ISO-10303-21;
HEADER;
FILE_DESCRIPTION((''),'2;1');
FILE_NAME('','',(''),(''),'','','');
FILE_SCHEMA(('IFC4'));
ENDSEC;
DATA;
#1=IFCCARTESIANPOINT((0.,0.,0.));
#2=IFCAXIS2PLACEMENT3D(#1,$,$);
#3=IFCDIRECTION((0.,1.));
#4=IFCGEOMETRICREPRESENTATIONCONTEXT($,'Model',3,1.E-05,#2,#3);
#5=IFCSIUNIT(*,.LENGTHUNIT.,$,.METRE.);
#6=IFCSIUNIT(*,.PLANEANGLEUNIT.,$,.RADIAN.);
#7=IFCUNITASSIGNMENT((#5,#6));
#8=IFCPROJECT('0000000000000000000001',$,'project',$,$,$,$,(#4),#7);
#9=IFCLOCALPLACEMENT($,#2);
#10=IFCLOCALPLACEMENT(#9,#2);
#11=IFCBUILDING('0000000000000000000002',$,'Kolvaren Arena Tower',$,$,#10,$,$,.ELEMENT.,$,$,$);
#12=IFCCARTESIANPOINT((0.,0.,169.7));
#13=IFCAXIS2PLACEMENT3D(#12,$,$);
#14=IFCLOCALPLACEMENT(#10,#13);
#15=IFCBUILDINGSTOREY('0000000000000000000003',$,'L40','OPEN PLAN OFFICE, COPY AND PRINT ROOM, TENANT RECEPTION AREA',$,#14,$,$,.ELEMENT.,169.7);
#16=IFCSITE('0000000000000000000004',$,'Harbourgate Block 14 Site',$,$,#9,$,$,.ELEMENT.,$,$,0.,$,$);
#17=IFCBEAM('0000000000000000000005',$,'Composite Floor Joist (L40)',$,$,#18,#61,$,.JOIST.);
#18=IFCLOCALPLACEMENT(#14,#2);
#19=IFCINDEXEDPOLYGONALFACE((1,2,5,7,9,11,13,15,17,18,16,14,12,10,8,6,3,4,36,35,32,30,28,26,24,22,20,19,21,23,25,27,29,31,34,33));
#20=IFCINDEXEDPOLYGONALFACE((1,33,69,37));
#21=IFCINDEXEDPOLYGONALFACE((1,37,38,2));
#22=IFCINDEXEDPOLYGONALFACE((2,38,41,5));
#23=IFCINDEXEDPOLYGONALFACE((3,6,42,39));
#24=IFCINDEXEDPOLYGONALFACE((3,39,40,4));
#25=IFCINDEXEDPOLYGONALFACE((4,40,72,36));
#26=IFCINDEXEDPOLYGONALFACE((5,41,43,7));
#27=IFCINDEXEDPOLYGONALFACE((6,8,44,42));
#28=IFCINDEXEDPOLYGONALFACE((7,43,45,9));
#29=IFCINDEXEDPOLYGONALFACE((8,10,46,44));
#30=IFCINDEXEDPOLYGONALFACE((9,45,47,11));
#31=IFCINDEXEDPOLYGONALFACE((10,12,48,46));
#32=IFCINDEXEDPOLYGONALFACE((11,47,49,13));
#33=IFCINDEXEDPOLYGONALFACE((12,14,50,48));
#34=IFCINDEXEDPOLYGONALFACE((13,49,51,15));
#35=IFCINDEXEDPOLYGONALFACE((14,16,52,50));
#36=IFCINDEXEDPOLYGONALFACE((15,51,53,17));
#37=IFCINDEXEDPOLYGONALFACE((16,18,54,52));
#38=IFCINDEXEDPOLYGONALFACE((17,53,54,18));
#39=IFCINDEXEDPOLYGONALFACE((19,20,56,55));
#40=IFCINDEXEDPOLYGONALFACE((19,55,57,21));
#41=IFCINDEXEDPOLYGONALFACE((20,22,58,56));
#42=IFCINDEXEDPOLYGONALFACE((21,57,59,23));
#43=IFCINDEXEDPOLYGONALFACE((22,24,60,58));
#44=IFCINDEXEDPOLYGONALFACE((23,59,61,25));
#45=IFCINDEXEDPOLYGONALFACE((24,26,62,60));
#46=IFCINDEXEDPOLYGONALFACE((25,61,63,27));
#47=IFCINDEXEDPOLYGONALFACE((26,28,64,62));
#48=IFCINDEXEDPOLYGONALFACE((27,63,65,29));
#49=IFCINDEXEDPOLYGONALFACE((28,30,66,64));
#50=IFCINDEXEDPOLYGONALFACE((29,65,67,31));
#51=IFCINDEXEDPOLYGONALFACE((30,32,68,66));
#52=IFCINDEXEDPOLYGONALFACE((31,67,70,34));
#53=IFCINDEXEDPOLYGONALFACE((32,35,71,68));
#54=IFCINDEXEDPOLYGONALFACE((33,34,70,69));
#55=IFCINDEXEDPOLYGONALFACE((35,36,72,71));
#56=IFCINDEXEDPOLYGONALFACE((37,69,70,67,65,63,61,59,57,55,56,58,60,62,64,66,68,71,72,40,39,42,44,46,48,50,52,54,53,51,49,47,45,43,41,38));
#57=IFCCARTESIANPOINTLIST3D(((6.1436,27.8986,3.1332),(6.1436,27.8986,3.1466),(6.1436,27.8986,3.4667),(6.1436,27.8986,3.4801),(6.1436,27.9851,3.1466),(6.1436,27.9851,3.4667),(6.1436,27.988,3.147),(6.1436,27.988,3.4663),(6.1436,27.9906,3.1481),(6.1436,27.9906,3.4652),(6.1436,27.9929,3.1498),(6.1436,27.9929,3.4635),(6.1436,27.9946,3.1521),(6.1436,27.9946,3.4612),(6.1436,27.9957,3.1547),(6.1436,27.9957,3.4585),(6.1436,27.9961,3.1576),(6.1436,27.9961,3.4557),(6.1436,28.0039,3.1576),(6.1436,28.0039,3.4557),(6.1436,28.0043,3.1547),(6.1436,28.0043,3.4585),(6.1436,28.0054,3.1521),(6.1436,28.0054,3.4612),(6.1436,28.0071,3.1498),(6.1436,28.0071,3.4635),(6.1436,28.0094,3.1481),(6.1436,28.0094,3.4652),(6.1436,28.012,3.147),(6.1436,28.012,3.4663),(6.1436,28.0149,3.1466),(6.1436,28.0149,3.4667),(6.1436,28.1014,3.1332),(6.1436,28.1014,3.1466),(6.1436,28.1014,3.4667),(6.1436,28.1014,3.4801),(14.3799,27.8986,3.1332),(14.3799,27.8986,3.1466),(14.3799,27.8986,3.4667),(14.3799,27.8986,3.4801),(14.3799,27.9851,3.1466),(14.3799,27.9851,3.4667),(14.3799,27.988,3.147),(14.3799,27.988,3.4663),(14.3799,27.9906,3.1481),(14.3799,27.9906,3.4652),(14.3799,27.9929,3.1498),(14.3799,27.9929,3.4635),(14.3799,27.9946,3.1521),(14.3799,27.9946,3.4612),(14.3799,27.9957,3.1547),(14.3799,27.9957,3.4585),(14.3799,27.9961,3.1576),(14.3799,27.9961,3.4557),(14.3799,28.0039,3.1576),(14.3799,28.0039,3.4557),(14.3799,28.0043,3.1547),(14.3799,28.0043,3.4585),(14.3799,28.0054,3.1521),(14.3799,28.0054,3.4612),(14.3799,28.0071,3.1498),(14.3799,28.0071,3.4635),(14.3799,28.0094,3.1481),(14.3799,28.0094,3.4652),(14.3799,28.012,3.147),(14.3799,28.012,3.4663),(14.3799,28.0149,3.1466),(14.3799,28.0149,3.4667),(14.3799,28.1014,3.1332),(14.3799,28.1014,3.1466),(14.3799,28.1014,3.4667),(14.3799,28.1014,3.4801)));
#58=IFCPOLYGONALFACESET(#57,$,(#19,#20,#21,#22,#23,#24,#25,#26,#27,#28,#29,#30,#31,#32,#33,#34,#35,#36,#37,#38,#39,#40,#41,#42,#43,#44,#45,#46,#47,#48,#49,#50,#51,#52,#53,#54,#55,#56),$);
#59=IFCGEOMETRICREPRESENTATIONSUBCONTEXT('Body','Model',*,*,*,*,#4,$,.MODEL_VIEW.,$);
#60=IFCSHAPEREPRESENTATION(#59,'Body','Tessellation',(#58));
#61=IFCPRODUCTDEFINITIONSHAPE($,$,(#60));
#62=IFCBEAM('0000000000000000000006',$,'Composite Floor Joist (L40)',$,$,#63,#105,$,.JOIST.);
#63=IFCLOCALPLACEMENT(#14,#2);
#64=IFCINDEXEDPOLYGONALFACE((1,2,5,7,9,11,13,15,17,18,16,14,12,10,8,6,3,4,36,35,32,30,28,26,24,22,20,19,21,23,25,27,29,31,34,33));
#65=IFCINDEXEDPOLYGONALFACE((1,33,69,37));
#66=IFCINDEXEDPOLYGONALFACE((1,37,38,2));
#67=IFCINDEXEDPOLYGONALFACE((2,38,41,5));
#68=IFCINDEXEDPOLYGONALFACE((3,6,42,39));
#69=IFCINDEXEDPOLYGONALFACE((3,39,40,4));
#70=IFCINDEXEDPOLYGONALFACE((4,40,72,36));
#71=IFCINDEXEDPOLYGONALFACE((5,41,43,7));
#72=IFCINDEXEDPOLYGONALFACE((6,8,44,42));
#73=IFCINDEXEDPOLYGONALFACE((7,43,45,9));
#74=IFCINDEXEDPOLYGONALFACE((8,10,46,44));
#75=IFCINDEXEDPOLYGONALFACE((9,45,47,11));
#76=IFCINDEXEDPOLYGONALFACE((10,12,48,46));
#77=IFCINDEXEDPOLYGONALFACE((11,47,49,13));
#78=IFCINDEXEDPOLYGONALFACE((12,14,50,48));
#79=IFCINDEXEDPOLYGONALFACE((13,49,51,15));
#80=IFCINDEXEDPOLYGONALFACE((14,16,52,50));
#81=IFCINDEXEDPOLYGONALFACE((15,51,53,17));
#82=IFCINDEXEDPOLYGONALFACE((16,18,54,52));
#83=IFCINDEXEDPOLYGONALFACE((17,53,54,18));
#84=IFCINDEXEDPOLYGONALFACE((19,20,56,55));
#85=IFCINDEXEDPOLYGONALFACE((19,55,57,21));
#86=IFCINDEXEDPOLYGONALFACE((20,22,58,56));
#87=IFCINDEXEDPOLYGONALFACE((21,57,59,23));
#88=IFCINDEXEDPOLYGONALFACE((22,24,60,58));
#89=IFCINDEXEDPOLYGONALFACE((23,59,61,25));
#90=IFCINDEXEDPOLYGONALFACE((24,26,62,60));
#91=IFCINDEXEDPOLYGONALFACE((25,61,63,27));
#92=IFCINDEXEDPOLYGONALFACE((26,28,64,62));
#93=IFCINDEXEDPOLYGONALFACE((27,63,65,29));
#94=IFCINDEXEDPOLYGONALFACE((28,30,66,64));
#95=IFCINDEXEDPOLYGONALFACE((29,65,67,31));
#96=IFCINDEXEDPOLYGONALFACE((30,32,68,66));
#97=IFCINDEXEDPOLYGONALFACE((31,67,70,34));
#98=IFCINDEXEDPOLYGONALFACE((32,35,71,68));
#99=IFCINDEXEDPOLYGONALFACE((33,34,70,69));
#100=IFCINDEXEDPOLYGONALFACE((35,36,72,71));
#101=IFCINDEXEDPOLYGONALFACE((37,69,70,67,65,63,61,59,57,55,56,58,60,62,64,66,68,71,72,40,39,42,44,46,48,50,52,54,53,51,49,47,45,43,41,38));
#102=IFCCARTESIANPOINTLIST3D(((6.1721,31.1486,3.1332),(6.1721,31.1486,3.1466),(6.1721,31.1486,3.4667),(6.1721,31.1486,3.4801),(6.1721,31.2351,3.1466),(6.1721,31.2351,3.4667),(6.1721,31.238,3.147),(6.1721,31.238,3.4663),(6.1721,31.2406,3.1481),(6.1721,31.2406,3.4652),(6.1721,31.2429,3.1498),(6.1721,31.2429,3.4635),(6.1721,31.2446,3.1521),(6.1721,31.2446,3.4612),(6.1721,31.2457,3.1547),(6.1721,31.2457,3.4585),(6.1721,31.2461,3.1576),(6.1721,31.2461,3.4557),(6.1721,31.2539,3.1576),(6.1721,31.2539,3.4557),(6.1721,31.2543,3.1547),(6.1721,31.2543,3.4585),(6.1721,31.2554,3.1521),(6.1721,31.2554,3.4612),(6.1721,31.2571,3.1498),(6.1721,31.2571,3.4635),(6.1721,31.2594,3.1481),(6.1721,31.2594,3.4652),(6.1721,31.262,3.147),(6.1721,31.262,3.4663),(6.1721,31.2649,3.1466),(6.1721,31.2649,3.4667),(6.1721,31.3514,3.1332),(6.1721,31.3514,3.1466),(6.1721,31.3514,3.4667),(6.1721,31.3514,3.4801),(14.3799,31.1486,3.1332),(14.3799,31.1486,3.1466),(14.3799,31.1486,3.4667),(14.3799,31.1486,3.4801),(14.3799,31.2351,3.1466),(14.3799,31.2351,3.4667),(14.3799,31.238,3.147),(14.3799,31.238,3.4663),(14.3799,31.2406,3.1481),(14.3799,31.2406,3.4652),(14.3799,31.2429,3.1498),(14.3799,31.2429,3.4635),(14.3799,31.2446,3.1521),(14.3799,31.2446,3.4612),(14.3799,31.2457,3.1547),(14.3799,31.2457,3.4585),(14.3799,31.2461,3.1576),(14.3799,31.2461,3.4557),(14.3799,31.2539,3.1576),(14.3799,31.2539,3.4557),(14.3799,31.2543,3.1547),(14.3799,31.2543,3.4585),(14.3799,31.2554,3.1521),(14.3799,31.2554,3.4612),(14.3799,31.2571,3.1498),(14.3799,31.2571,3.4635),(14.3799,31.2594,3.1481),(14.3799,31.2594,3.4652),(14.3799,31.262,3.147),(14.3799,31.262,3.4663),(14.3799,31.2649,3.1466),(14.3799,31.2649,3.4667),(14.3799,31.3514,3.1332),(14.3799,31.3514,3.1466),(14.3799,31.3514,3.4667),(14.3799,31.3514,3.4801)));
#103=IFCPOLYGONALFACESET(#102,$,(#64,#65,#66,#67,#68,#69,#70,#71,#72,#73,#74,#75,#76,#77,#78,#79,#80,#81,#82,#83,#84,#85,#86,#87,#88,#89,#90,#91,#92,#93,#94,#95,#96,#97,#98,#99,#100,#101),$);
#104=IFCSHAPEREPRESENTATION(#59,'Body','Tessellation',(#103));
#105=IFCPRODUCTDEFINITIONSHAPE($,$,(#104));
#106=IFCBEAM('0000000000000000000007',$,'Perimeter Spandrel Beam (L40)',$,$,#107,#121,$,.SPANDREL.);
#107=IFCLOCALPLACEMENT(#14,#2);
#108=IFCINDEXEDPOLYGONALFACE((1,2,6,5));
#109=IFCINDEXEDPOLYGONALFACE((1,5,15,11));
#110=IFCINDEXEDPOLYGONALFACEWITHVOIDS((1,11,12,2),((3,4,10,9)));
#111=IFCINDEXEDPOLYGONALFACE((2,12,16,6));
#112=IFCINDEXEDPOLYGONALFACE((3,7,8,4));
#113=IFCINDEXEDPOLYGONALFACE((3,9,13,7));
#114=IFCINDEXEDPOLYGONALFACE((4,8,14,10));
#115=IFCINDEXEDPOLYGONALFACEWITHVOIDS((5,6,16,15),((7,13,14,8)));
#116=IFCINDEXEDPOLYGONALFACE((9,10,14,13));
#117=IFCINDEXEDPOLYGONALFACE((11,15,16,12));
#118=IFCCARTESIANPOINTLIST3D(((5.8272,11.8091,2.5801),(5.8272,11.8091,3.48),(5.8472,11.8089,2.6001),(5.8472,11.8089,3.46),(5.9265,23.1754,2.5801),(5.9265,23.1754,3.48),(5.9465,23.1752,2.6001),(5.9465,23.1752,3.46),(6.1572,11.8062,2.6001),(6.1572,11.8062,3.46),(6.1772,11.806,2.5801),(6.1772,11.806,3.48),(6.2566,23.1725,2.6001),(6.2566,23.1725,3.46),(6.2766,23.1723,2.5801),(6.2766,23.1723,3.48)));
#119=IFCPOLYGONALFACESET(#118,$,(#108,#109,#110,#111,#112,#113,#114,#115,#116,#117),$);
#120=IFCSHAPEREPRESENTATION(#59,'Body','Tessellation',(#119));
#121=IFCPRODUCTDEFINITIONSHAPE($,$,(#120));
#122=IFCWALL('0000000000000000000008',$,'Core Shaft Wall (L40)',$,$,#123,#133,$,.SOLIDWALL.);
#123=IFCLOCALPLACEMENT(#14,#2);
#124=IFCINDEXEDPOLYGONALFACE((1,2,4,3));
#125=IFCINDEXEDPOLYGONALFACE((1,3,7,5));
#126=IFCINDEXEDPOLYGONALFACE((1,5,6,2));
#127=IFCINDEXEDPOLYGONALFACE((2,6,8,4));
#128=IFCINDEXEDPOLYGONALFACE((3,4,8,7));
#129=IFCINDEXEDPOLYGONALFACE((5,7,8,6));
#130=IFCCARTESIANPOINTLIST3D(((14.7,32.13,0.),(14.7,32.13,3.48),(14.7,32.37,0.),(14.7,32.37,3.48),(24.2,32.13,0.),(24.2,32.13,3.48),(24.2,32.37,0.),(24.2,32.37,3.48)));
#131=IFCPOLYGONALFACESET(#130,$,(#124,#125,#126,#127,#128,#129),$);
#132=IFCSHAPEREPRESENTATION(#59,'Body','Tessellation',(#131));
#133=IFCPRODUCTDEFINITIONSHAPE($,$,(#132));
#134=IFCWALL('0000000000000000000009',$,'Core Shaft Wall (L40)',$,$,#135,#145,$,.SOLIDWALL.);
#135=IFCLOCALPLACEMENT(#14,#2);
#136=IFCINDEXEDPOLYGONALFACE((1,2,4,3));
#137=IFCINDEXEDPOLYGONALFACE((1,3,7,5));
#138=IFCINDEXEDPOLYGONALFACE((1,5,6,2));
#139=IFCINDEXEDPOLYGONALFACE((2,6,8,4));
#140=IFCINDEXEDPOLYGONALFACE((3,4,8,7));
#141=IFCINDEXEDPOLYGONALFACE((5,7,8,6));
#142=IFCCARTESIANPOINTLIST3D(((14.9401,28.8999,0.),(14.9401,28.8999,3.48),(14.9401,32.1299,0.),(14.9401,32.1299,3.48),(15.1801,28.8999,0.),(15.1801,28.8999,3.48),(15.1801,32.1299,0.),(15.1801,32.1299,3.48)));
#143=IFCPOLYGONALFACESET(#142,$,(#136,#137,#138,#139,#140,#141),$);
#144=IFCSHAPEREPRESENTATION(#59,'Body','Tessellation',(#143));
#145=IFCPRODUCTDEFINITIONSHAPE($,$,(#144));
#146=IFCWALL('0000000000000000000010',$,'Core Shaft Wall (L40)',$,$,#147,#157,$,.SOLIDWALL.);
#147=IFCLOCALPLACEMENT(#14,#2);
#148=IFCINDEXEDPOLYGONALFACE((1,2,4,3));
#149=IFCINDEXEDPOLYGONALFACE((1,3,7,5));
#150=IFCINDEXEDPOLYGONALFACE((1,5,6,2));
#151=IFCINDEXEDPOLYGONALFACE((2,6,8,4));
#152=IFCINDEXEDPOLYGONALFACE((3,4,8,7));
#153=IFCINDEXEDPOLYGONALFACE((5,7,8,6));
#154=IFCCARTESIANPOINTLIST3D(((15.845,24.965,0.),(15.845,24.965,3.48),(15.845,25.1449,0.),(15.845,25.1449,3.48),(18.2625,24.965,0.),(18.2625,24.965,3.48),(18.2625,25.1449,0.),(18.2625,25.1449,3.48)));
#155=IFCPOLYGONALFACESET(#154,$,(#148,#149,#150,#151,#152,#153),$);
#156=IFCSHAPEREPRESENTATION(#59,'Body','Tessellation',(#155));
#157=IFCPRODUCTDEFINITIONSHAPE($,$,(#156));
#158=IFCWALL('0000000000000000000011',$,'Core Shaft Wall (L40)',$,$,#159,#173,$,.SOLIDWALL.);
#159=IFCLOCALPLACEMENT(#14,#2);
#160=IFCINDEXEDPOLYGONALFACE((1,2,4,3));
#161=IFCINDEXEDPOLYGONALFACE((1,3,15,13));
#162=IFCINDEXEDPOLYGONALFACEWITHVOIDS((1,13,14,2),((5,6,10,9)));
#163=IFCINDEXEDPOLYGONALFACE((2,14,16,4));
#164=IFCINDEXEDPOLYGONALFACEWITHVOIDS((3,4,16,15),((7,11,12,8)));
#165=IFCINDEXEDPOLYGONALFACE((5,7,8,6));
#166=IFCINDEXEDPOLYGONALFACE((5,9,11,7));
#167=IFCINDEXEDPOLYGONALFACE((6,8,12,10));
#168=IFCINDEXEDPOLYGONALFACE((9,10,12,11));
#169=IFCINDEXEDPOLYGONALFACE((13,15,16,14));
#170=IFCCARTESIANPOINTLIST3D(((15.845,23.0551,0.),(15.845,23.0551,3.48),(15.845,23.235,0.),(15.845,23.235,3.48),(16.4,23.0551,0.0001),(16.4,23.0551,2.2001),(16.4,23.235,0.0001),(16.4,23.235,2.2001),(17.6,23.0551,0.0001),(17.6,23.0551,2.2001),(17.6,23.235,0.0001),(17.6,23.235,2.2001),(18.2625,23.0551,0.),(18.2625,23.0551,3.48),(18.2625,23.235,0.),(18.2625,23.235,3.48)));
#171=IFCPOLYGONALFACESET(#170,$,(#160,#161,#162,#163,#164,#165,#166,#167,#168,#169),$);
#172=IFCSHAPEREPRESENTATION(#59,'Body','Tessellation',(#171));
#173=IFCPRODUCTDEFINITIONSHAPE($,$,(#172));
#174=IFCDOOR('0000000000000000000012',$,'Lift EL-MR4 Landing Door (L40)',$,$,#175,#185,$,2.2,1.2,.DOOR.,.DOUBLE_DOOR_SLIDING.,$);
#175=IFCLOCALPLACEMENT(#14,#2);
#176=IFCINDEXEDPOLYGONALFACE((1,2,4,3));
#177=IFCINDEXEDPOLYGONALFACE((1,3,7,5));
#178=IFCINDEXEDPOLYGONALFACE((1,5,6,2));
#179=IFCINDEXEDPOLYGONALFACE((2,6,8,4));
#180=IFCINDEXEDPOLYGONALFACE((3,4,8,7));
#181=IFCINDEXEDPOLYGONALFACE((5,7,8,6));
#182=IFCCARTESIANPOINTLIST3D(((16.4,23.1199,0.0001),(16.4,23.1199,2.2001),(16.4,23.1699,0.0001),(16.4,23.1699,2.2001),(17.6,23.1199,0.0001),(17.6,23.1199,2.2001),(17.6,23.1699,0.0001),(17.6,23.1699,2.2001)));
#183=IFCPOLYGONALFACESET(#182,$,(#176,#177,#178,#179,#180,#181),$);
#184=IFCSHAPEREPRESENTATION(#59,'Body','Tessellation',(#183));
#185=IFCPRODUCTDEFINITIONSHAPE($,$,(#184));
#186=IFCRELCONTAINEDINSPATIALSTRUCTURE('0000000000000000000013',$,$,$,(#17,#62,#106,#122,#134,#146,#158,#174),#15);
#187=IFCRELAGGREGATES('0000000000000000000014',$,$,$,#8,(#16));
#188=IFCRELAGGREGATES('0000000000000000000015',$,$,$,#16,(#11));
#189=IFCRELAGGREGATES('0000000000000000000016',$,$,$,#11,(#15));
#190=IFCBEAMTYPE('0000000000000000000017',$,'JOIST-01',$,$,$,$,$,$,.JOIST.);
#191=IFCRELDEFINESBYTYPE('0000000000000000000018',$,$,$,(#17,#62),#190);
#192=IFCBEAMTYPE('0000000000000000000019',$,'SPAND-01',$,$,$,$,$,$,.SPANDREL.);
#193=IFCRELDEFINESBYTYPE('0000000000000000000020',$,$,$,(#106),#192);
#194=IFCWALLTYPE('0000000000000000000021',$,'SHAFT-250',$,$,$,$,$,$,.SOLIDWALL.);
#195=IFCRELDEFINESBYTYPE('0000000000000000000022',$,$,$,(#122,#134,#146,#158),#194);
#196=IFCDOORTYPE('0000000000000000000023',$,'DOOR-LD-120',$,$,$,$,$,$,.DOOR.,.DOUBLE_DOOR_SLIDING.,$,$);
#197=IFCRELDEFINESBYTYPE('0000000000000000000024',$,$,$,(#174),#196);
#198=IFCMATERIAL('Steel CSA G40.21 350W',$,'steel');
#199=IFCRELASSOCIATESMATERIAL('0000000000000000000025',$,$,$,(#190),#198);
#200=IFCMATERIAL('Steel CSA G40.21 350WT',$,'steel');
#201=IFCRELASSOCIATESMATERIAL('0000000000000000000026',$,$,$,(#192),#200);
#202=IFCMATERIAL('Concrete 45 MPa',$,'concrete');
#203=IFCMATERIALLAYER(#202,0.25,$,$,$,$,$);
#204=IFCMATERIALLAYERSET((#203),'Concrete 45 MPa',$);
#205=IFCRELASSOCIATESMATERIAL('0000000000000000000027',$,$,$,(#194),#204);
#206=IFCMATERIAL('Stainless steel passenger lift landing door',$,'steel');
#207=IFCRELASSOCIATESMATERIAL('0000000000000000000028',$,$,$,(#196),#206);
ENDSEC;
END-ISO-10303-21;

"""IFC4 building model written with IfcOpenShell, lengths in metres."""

from ifc_helpers import new_model, si_unit, direction, frame, frame_2d, origin, origin_2d, place, context, subcontext, project, spatial, rectangle, hollow_rectangle, i_section, extrude, material, layer, layer_set, material_profile, profile_set, type_object, element, fill, save


model = new_model("IFC4")

# Units and contexts
model_context = context("Model", 3, precision=1e-05, world=origin(), true_north=direction((0.0, 1.0)))
body_context = subcontext(model_context, "Body", "Model", "MODEL_VIEW")
ifc_project = project(units=[si_unit("LENGTHUNIT", "METRE"), si_unit("PLANEANGLEUNIT", "RADIAN")], contexts=[model_context])

# Site, building, storey
site_placement = place(None, origin())
site = spatial("IfcSite", under=ifc_project, at=site_placement, Name="Harbourgate Block 14 Site", CompositionType="ELEMENT", RefElevation=0.0)
building_placement = place(site_placement, origin())
building = spatial("IfcBuilding", under=site, at=building_placement, Name="Kolvaren Arena Tower", CompositionType="ELEMENT")
storey_placement = place(building_placement, frame((0.0, 0.0, 169.7)))
storey = spatial("IfcBuildingStorey", under=building, at=storey_placement, Name="L40", Description="OPEN PLAN OFFICE, COPY AND PRINT ROOM, TENANT RECEPTION AREA", CompositionType="ELEMENT", Elevation=169.7)

# Beams
ifc_material_1 = material(Name="Steel CSA G40.21 350W", Category="steel")
ifc_material_profile_1 = material_profile(ifc_material_1, i_section(OverallWidth=0.2029, OverallDepth=0.3469, WebThickness=0.0078, FlangeThickness=0.0134, FilletRadius=0.011, at=origin_2d()), Name="W360x64")
ifc_profile_set_1 = profile_set([ifc_material_profile_1], Name="Steel CSA G40.21 350W")
beam_type_1 = type_object("IfcBeamType", Name="JOIST-01", PredefinedType="JOIST", material=ifc_profile_set_1)
beam_1_placement = place(storey_placement, frame((6.1436, 28.0, 3.3066), z_axis=(1.0, 0.0, 0.0), x_axis=(0.0, 1.0, 0.0)))
element("IfcBeam", 1, at=beam_1_placement, inside=storey, type_object=beam_type_1, Name="Composite Floor Joist (L40)", PredefinedType="JOIST", context=body_context, shape_type="SweptSolid", body=[
    extrude(i_section(OverallWidth=0.2029, OverallDepth=0.3469, WebThickness=0.0078, FlangeThickness=0.0134, FilletRadius=0.011, at=origin_2d()), origin(), (0.0, 0.0, 1.0), 8.2363),
])
beam_2_placement = place(storey_placement, frame((6.1721, 31.25, 3.3066), z_axis=(1.0, 0.0, 0.0), x_axis=(0.0, 1.0, 0.0)))
element("IfcBeam", 2, at=beam_2_placement, inside=storey, type_object=beam_type_1, Name="Composite Floor Joist (L40)", PredefinedType="JOIST", context=body_context, shape_type="SweptSolid", body=[
    extrude(i_section(OverallWidth=0.2029, OverallDepth=0.3469, WebThickness=0.0078, FlangeThickness=0.0134, FilletRadius=0.011, at=origin_2d()), origin(), (0.0, 0.0, 1.0), 8.2078),
])
ifc_material_2 = material(Name="Steel CSA G40.21 350WT", Category="steel")
ifc_material_profile_2 = material_profile(ifc_material_2, hollow_rectangle(XDim=0.3501, YDim=0.8999, WallThickness=0.02, at=origin_2d()), Name="HSS 900x350x20")
ifc_profile_set_2 = profile_set([ifc_material_profile_2], Name="Steel CSA G40.21 350WT")
beam_type_2 = type_object("IfcBeamType", Name="SPAND-01", PredefinedType="SPANDREL", material=ifc_profile_set_2)
beam_3_placement = place(storey_placement, frame((6.1016, 23.1738, 3.03), z_axis=(-0.008742, -0.999962, 0.0), x_axis=(0.999962, -0.008742, 0.0)))
element("IfcBeam", 3, at=beam_3_placement, inside=storey, type_object=beam_type_2, Name="Perimeter Spandrel Beam (L40)", PredefinedType="SPANDREL", context=body_context, shape_type="SweptSolid", body=[
    extrude(hollow_rectangle(XDim=0.3501, YDim=0.8999, WallThickness=0.02, at=origin_2d()), origin(), (0.0, 0.0, 1.0), 11.3667),
])

# Walls
ifc_material_3 = material(Name="Concrete 45 MPa", Category="concrete")
ifc_layer = layer(ifc_material_3, 0.25)
ifc_layer_set = layer_set([ifc_layer], Name="Concrete 45 MPa")
wall_type = type_object("IfcWallType", Name="SHAFT-250", PredefinedType="SOLIDWALL", material=ifc_layer_set)
wall_1_placement = place(storey_placement, frame((14.7, 32.25, 0.0), z_axis=(0.0, 0.0, 1.0), x_axis=(1.0, 0.0, 0.0)))
element("IfcWall", 4, at=wall_1_placement, inside=storey, type_object=wall_type, Name="Core Shaft Wall (L40)", PredefinedType="SOLIDWALL", context=body_context, shape_type="SweptSolid", body=[
    extrude(rectangle(XDim=9.5, YDim=0.24, at=frame_2d((4.75, 0.0))), origin(), (0.0, 0.0, 1.0), 3.48),
])
wall_2_placement = place(storey_placement, frame((15.0601, 28.8999, 0.0), z_axis=(0.0, 0.0, 1.0), x_axis=(0.0, 1.0, 0.0)))
element("IfcWall", 5, at=wall_2_placement, inside=storey, type_object=wall_type, Name="Core Shaft Wall (L40)", PredefinedType="SOLIDWALL", context=body_context, shape_type="SweptSolid", body=[
    extrude(rectangle(XDim=3.23, YDim=0.24, at=frame_2d((1.615, 0.0))), origin(), (0.0, 0.0, 1.0), 3.48),
])
wall_3_placement = place(storey_placement, frame((15.845, 25.0549, 0.0), z_axis=(0.0, 0.0, 1.0), x_axis=(1.0, 0.0, 0.0)))
element("IfcWall", 6, at=wall_3_placement, inside=storey, type_object=wall_type, Name="Core Shaft Wall (L40)", PredefinedType="SOLIDWALL", context=body_context, shape_type="SweptSolid", body=[
    extrude(rectangle(XDim=2.4175, YDim=0.1799, at=frame_2d((1.2087, 0.0))), origin(), (0.0, 0.0, 1.0), 3.48),
])

# Wall, opening, door
wall_4_placement = place(storey_placement, frame((15.845, 23.145, 0.0), z_axis=(0.0, 0.0, 1.0), x_axis=(1.0, 0.0, 0.0)))
wall_4 = element("IfcWall", 7, at=wall_4_placement, inside=storey, type_object=wall_type, Name="Core Shaft Wall (L40)", PredefinedType="SOLIDWALL", context=body_context, shape_type="SweptSolid", body=[
    extrude(rectangle(XDim=2.4175, YDim=0.1799, at=frame_2d((1.2087, 0.0))), origin(), (0.0, 0.0, 1.0), 3.48),
])
opening_1_placement = place(wall_4_placement, frame((0.5549, 0.0, 0.0)))
opening_1 = element("IfcOpeningElement", 8, at=opening_1_placement, cuts=wall_4, PredefinedType="OPENING", context=body_context, shape_type="SweptSolid", body=[
    extrude(rectangle(XDim=1.2, YDim=2.2, at=frame_2d((0.6001, 1.1001))), frame((0.0, 0.0999, 0.0), z_axis=(0.0, -1.0, 0.0), x_axis=(1.0, 0.0, 0.0)), (0.0, 0.0, 1.0), 0.2),
])
ifc_material_4 = material(Name="Stainless steel passenger lift landing door", Category="steel")
door_type_1 = type_object("IfcDoorType", Name="DOOR-LD-120", OperationType="DOUBLE_DOOR_SLIDING", PredefinedType="DOOR", material=ifc_material_4)
door_1_placement = place(opening_1_placement, origin())
door_1 = element("IfcDoor", 9, at=door_1_placement, inside=storey, type_object=door_type_1, Name="Lift EL-MR4 Landing Door (L40)", OperationType="DOUBLE_DOOR_SLIDING", OverallHeight=2.2, OverallWidth=1.2, PredefinedType="DOOR", context=body_context, shape_type="SweptSolid", body=[
    extrude(rectangle(XDim=1.2, YDim=2.2, at=frame_2d((0.6001, 1.1001))), frame((0.0, 0.0249, 0.0), z_axis=(0.0, -1.0, 0.0), x_axis=(1.0, 0.0, 0.0)), (0.0, 0.0, 1.0), 0.05),
])
fill(opening_1, door_1)

save(model, "model.ifc")
